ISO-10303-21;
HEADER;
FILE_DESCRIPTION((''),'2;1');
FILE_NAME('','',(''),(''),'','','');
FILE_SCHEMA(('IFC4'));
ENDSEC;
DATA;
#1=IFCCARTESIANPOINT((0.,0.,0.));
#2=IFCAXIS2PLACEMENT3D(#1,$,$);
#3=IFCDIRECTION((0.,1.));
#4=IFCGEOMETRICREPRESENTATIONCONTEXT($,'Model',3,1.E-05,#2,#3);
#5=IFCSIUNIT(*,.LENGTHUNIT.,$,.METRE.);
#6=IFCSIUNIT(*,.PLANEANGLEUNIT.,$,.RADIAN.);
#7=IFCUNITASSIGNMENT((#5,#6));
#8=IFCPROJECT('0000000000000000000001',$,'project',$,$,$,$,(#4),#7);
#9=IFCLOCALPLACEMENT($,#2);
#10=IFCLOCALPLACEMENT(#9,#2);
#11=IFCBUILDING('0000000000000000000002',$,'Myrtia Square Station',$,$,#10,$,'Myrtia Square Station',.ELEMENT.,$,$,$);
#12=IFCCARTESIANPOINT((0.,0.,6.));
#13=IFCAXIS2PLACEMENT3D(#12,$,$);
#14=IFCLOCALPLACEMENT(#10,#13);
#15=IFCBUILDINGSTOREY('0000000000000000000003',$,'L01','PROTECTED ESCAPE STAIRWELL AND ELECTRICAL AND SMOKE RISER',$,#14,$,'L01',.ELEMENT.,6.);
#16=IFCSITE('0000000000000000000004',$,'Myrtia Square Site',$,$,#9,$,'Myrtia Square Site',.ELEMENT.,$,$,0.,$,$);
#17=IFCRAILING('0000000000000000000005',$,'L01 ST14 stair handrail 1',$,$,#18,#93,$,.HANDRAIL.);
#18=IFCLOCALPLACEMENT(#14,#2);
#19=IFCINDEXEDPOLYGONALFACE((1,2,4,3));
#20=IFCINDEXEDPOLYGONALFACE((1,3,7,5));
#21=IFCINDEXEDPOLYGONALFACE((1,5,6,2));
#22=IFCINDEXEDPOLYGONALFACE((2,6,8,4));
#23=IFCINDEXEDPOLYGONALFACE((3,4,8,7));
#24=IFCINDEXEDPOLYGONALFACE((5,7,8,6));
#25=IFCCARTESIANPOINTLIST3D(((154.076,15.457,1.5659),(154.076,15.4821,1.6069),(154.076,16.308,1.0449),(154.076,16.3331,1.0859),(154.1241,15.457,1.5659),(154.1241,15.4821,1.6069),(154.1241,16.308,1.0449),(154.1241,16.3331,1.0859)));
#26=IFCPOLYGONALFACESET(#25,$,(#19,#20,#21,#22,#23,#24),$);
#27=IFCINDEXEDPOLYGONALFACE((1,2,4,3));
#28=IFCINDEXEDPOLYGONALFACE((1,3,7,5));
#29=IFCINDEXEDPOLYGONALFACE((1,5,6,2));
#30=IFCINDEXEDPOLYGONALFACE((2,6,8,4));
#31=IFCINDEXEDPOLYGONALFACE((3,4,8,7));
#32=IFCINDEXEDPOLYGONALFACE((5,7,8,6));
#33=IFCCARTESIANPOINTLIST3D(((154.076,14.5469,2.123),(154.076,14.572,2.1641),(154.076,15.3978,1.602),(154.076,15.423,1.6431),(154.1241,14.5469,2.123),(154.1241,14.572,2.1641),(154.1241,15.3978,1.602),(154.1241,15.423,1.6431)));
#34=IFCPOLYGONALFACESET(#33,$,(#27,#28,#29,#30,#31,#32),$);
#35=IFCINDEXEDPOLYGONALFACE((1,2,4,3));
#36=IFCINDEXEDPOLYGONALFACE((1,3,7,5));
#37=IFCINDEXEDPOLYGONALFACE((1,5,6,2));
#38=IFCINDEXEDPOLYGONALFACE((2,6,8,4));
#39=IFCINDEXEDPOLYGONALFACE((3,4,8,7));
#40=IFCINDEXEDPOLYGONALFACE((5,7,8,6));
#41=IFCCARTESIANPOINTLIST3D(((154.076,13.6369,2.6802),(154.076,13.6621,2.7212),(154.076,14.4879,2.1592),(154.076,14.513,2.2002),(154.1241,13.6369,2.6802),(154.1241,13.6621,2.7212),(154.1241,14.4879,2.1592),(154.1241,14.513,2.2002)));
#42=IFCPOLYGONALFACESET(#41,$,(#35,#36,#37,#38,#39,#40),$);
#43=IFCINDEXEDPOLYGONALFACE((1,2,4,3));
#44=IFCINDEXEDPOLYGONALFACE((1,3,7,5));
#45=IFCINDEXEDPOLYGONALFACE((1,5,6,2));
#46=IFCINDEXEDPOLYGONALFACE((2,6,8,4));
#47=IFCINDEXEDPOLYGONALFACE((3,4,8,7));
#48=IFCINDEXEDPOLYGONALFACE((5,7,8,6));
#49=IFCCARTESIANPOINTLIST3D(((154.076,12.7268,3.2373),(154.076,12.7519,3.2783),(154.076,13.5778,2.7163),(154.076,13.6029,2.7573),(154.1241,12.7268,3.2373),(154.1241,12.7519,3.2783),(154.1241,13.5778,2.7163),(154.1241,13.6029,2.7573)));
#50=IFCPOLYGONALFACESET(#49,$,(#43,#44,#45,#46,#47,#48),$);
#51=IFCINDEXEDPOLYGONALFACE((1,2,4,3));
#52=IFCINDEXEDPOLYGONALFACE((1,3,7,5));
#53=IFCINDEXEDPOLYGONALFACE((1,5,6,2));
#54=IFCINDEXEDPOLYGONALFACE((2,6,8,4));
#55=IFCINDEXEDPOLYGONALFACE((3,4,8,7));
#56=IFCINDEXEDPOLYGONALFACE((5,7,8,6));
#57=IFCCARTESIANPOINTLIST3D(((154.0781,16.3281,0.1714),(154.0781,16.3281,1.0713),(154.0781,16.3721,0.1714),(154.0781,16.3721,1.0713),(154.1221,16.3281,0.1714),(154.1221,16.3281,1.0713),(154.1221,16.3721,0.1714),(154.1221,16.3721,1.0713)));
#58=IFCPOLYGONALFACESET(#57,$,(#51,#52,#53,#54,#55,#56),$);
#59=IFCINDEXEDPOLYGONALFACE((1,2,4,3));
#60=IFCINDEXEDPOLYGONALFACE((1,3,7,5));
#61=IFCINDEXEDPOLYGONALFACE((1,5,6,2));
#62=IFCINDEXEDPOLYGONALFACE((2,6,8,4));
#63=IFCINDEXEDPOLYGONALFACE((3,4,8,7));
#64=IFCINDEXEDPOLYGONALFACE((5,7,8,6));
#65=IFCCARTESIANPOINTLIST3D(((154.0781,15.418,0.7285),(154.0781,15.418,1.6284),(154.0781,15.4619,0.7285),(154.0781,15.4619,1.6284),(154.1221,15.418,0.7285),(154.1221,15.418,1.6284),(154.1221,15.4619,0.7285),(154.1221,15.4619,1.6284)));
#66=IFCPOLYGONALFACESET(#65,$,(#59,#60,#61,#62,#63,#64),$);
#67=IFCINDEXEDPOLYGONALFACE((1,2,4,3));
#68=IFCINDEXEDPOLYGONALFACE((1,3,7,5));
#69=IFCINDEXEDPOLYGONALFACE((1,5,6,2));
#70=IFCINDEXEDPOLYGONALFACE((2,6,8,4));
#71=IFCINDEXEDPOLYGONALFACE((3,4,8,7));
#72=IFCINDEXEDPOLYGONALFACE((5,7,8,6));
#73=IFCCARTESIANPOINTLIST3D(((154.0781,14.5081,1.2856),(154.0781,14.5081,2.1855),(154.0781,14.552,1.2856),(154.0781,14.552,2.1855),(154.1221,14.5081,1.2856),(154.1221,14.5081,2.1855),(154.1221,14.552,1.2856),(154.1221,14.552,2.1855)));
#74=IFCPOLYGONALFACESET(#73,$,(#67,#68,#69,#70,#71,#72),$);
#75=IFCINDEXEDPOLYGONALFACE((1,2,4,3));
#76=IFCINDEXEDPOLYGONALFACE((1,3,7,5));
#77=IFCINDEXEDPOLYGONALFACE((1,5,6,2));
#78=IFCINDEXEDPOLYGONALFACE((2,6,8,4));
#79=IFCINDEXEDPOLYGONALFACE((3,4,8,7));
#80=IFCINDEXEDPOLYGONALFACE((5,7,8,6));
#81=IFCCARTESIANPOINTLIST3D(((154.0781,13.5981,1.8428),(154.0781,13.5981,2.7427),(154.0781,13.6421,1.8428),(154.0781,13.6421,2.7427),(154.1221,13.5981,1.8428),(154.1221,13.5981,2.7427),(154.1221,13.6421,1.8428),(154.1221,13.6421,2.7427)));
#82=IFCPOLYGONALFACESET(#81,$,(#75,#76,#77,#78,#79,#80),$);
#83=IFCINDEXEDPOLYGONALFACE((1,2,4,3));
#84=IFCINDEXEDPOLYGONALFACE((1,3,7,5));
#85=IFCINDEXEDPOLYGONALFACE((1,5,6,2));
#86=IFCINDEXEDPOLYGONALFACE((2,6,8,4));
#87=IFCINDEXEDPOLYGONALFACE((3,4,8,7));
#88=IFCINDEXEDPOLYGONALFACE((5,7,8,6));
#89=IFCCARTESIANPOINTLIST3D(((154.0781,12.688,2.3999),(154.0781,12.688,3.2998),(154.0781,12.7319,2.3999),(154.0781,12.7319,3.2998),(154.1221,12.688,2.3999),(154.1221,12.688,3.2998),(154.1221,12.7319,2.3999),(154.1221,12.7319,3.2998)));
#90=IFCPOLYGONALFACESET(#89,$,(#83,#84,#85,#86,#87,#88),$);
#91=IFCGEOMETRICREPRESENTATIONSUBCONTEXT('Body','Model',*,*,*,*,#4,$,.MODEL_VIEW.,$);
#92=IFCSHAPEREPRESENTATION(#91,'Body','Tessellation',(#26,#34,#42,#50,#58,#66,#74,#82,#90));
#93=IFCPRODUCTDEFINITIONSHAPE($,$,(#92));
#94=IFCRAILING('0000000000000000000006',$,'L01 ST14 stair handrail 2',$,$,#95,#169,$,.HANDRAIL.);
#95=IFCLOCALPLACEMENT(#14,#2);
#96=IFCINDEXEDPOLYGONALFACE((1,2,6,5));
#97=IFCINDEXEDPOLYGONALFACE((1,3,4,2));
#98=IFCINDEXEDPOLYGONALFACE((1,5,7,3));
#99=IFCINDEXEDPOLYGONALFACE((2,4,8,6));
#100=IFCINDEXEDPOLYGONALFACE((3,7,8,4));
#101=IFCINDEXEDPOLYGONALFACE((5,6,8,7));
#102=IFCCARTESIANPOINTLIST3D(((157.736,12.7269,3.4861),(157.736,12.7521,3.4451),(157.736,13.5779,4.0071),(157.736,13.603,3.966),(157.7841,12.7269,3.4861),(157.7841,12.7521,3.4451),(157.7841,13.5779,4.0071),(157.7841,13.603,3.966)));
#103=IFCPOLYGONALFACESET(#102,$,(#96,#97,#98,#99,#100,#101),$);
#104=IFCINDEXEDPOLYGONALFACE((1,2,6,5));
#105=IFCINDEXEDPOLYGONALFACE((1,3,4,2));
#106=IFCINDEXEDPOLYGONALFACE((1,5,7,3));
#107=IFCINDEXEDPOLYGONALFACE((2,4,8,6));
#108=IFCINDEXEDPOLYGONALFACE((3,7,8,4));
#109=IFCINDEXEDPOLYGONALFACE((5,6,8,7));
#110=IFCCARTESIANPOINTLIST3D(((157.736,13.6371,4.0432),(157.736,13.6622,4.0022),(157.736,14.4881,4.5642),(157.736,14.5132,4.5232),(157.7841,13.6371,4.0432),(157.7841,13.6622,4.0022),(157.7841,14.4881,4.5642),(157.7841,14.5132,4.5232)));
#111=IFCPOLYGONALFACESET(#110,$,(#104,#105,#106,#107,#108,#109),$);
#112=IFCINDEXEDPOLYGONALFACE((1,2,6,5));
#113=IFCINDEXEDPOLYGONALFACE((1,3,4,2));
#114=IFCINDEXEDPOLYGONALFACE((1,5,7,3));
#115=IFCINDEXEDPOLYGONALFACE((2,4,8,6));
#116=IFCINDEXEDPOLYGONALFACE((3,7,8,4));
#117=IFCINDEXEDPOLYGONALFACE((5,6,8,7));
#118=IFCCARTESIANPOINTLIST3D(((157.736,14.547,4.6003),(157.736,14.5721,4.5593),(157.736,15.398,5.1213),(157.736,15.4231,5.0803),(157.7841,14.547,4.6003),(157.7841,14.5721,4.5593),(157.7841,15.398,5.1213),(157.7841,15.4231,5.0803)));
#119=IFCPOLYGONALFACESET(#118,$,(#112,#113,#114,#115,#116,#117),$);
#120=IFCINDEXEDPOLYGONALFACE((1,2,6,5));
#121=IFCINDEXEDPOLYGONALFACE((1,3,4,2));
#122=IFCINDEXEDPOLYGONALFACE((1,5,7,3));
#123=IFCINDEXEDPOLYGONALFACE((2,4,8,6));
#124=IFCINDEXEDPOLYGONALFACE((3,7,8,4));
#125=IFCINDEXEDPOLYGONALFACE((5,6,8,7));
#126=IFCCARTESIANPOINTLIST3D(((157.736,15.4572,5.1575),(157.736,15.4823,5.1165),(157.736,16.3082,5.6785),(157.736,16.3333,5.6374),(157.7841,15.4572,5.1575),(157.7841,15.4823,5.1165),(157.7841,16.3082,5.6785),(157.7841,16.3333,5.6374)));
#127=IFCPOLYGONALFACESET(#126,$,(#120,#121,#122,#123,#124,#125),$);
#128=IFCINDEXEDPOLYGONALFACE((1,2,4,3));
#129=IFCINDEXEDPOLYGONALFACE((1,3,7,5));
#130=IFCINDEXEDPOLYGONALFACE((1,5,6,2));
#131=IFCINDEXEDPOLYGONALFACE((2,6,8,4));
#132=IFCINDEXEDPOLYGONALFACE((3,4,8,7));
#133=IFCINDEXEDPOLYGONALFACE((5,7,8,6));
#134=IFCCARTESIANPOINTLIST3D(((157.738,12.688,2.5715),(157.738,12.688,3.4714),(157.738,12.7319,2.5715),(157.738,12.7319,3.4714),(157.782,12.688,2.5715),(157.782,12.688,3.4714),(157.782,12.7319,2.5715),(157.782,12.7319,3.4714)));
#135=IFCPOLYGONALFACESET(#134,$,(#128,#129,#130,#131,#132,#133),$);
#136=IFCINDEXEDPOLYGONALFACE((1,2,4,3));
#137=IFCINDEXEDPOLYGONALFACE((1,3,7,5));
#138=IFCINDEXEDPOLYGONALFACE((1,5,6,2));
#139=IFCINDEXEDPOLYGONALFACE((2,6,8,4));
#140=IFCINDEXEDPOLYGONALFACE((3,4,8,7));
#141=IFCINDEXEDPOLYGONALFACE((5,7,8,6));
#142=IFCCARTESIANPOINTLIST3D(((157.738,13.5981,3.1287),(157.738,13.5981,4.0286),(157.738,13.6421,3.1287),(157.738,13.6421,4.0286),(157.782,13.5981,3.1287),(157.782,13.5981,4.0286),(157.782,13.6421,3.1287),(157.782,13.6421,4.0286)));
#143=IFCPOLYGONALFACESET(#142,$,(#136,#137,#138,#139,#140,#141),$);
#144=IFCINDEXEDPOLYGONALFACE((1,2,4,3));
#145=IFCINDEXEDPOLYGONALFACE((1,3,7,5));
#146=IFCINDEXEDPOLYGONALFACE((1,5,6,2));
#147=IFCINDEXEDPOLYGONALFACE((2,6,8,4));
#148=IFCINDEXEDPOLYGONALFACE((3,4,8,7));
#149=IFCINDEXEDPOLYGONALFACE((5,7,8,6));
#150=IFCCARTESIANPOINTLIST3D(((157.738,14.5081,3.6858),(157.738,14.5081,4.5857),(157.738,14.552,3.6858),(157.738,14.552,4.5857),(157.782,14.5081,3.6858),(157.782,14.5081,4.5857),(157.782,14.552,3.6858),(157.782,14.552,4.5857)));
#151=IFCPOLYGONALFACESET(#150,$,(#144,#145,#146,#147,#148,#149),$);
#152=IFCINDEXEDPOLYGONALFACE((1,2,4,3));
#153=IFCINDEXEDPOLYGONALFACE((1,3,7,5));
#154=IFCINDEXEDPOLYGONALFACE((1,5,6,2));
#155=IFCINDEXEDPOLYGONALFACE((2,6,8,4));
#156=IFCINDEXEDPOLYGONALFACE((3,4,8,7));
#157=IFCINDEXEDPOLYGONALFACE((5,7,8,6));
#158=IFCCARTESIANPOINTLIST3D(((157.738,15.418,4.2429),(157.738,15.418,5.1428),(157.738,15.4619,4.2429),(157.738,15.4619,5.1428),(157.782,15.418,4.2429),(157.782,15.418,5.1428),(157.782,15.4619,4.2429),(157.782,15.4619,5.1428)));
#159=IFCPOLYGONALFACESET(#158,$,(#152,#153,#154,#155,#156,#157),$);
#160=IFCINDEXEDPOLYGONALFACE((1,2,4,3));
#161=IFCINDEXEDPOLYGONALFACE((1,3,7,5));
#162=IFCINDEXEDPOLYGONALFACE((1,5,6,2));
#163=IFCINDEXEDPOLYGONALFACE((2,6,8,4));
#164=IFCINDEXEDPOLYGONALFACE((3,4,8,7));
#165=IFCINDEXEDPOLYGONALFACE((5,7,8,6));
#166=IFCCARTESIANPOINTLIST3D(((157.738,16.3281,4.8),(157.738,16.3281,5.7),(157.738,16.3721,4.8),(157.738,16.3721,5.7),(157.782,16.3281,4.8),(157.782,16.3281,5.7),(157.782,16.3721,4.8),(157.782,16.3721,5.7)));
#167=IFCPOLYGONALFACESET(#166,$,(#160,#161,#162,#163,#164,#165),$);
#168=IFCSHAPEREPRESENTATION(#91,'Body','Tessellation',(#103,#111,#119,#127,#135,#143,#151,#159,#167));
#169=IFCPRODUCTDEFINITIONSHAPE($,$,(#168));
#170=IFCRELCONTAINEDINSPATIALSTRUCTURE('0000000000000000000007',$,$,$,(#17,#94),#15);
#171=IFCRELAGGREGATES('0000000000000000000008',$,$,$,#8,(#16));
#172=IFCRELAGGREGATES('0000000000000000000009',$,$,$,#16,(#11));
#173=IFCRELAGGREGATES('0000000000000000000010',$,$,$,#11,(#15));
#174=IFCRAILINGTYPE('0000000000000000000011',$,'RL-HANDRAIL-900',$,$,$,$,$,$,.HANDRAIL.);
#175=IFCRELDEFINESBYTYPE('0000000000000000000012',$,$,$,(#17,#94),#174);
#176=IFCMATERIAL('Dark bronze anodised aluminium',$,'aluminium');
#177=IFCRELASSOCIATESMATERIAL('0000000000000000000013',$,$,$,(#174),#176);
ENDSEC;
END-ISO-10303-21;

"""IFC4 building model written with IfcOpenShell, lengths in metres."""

from ifc_helpers import new_model, si_unit, direction, frame, origin, origin_2d, place, context, subcontext, project, spatial, rectangle, extrude, material, type_object, element, save


model = new_model("IFC4")

# Units and contexts
model_context = context("Model", 3, precision=1e-05, world=origin(), true_north=direction((0.0, 1.0)))
body_context = subcontext(model_context, "Body", "Model", "MODEL_VIEW")
ifc_project = project(units=[si_unit("LENGTHUNIT", "METRE"), si_unit("PLANEANGLEUNIT", "RADIAN")], contexts=[model_context])

# Site, building, storey
site_placement = place(None, origin())
site = spatial("IfcSite", under=ifc_project, at=site_placement, Name="Myrtia Square Site", LongName="Myrtia Square Site", CompositionType="ELEMENT", RefElevation=0.0)
building_placement = place(site_placement, origin())
building = spatial("IfcBuilding", under=site, at=building_placement, Name="Myrtia Square Station", LongName="Myrtia Square Station", CompositionType="ELEMENT")
storey_placement = place(building_placement, frame((0.0, 0.0, 6.0)))
storey = spatial("IfcBuildingStorey", under=building, at=storey_placement, Name="L01", Description="PROTECTED ESCAPE STAIRWELL AND ELECTRICAL AND SMOKE RISER", LongName="L01", CompositionType="ELEMENT", Elevation=6.0)

# Shared definitions
ifc_material_1 = material(Name="Dark bronze anodised aluminium", Category="aluminium")

# Railings
railing_type_1 = type_object("IfcRailingType", Name="RL-HANDRAIL-900", PredefinedType="HANDRAIL", material=ifc_material_1)
railing_1_placement = place(storey_placement, frame((154.1001, 16.3501, 0.1714)))
element("IfcRailing", 1, at=railing_1_placement, inside=storey, type_object=railing_type_1, Name="L01 ST14 stair handrail 1", PredefinedType="HANDRAIL", context=body_context, shape_type="SweptSolid", body=[
    extrude(rectangle(XDim=0.0481, YDim=0.0481, at=origin_2d()), frame((0.0, -0.0295, 0.894), z_axis=(0.0, -0.852866, 0.52213), x_axis=(1.0, 0.0, 0.0)), (0.0, 0.0, 1.0), 0.9978),
    extrude(rectangle(XDim=0.0481, YDim=0.0481, at=origin_2d()), frame((0.0, -0.9397, 1.4512), z_axis=(0.0, -0.852866, 0.52213), x_axis=(1.0, 0.0, 0.0)), (0.0, 0.0, 1.0), 0.9978),
    extrude(rectangle(XDim=0.0481, YDim=0.0481, at=origin_2d()), frame((0.0, -1.8496, 2.0083), z_axis=(0.0, -0.852866, 0.52213), x_axis=(1.0, 0.0, 0.0)), (0.0, 0.0, 1.0), 0.9978),
    extrude(rectangle(XDim=0.0481, YDim=0.0481, at=origin_2d()), frame((0.0, -2.7598, 2.5654), z_axis=(0.0, -0.852866, 0.52213), x_axis=(1.0, 0.0, 0.0)), (0.0, 0.0, 1.0), 0.9978),
    extrude(rectangle(XDim=0.0439, YDim=0.0439, at=origin_2d()), origin(), (0.0, 0.0, 1.0), 0.8999),
    extrude(rectangle(XDim=0.0439, YDim=0.0439, at=origin_2d()), frame((0.0, -0.9102, 0.5571)), (0.0, 0.0, 1.0), 0.8999),
    extrude(rectangle(XDim=0.0439, YDim=0.0439, at=origin_2d()), frame((0.0, -1.8201, 1.1143)), (0.0, 0.0, 1.0), 0.8999),
    extrude(rectangle(XDim=0.0439, YDim=0.0439, at=origin_2d()), frame((0.0, -2.73, 1.6714)), (0.0, 0.0, 1.0), 0.8999),
    extrude(rectangle(XDim=0.0439, YDim=0.0439, at=origin_2d()), frame((0.0, -3.6401, 2.2285)), (0.0, 0.0, 1.0), 0.8999),
])
railing_2_placement = place(storey_placement, frame((157.76, 12.71, 2.5715)))
element("IfcRailing", 2, at=railing_2_placement, inside=storey, type_object=railing_type_1, Name="L01 ST14 stair handrail 2", PredefinedType="HANDRAIL", context=body_context, shape_type="SweptSolid", body=[
    extrude(rectangle(XDim=0.0481, YDim=0.0481, at=origin_2d()), frame((0.0, 0.0295, 0.894), z_axis=(0.0, 0.852866, 0.52213), x_axis=(-1.0, 0.0, 0.0)), (0.0, 0.0, 1.0), 0.9978),
    extrude(rectangle(XDim=0.0481, YDim=0.0481, at=origin_2d()), frame((0.0, 0.9397, 1.4512), z_axis=(0.0, 0.852866, 0.52213), x_axis=(-1.0, 0.0, 0.0)), (0.0, 0.0, 1.0), 0.9978),
    extrude(rectangle(XDim=0.0481, YDim=0.0481, at=origin_2d()), frame((0.0, 1.8496, 2.0083), z_axis=(0.0, 0.852866, 0.52213), x_axis=(-1.0, 0.0, 0.0)), (0.0, 0.0, 1.0), 0.9978),
    extrude(rectangle(XDim=0.0481, YDim=0.0481, at=origin_2d()), frame((0.0, 2.7598, 2.5654), z_axis=(0.0, 0.852866, 0.52213), x_axis=(-1.0, 0.0, 0.0)), (0.0, 0.0, 1.0), 0.9978),
    extrude(rectangle(XDim=0.0439, YDim=0.0439, at=origin_2d()), origin(), (0.0, 0.0, 1.0), 0.8999),
    extrude(rectangle(XDim=0.0439, YDim=0.0439, at=origin_2d()), frame((0.0, 0.9102, 0.5571)), (0.0, 0.0, 1.0), 0.8999),
    extrude(rectangle(XDim=0.0439, YDim=0.0439, at=origin_2d()), frame((0.0, 1.8201, 1.1143)), (0.0, 0.0, 1.0), 0.8999),
    extrude(rectangle(XDim=0.0439, YDim=0.0439, at=origin_2d()), frame((0.0, 2.73, 1.6714)), (0.0, 0.0, 1.0), 0.8999),
    extrude(rectangle(XDim=0.0439, YDim=0.0439, at=origin_2d()), frame((0.0, 3.6401, 2.2285)), (0.0, 0.0, 1.0), 0.8999),
])

save(model, "model.ifc")
